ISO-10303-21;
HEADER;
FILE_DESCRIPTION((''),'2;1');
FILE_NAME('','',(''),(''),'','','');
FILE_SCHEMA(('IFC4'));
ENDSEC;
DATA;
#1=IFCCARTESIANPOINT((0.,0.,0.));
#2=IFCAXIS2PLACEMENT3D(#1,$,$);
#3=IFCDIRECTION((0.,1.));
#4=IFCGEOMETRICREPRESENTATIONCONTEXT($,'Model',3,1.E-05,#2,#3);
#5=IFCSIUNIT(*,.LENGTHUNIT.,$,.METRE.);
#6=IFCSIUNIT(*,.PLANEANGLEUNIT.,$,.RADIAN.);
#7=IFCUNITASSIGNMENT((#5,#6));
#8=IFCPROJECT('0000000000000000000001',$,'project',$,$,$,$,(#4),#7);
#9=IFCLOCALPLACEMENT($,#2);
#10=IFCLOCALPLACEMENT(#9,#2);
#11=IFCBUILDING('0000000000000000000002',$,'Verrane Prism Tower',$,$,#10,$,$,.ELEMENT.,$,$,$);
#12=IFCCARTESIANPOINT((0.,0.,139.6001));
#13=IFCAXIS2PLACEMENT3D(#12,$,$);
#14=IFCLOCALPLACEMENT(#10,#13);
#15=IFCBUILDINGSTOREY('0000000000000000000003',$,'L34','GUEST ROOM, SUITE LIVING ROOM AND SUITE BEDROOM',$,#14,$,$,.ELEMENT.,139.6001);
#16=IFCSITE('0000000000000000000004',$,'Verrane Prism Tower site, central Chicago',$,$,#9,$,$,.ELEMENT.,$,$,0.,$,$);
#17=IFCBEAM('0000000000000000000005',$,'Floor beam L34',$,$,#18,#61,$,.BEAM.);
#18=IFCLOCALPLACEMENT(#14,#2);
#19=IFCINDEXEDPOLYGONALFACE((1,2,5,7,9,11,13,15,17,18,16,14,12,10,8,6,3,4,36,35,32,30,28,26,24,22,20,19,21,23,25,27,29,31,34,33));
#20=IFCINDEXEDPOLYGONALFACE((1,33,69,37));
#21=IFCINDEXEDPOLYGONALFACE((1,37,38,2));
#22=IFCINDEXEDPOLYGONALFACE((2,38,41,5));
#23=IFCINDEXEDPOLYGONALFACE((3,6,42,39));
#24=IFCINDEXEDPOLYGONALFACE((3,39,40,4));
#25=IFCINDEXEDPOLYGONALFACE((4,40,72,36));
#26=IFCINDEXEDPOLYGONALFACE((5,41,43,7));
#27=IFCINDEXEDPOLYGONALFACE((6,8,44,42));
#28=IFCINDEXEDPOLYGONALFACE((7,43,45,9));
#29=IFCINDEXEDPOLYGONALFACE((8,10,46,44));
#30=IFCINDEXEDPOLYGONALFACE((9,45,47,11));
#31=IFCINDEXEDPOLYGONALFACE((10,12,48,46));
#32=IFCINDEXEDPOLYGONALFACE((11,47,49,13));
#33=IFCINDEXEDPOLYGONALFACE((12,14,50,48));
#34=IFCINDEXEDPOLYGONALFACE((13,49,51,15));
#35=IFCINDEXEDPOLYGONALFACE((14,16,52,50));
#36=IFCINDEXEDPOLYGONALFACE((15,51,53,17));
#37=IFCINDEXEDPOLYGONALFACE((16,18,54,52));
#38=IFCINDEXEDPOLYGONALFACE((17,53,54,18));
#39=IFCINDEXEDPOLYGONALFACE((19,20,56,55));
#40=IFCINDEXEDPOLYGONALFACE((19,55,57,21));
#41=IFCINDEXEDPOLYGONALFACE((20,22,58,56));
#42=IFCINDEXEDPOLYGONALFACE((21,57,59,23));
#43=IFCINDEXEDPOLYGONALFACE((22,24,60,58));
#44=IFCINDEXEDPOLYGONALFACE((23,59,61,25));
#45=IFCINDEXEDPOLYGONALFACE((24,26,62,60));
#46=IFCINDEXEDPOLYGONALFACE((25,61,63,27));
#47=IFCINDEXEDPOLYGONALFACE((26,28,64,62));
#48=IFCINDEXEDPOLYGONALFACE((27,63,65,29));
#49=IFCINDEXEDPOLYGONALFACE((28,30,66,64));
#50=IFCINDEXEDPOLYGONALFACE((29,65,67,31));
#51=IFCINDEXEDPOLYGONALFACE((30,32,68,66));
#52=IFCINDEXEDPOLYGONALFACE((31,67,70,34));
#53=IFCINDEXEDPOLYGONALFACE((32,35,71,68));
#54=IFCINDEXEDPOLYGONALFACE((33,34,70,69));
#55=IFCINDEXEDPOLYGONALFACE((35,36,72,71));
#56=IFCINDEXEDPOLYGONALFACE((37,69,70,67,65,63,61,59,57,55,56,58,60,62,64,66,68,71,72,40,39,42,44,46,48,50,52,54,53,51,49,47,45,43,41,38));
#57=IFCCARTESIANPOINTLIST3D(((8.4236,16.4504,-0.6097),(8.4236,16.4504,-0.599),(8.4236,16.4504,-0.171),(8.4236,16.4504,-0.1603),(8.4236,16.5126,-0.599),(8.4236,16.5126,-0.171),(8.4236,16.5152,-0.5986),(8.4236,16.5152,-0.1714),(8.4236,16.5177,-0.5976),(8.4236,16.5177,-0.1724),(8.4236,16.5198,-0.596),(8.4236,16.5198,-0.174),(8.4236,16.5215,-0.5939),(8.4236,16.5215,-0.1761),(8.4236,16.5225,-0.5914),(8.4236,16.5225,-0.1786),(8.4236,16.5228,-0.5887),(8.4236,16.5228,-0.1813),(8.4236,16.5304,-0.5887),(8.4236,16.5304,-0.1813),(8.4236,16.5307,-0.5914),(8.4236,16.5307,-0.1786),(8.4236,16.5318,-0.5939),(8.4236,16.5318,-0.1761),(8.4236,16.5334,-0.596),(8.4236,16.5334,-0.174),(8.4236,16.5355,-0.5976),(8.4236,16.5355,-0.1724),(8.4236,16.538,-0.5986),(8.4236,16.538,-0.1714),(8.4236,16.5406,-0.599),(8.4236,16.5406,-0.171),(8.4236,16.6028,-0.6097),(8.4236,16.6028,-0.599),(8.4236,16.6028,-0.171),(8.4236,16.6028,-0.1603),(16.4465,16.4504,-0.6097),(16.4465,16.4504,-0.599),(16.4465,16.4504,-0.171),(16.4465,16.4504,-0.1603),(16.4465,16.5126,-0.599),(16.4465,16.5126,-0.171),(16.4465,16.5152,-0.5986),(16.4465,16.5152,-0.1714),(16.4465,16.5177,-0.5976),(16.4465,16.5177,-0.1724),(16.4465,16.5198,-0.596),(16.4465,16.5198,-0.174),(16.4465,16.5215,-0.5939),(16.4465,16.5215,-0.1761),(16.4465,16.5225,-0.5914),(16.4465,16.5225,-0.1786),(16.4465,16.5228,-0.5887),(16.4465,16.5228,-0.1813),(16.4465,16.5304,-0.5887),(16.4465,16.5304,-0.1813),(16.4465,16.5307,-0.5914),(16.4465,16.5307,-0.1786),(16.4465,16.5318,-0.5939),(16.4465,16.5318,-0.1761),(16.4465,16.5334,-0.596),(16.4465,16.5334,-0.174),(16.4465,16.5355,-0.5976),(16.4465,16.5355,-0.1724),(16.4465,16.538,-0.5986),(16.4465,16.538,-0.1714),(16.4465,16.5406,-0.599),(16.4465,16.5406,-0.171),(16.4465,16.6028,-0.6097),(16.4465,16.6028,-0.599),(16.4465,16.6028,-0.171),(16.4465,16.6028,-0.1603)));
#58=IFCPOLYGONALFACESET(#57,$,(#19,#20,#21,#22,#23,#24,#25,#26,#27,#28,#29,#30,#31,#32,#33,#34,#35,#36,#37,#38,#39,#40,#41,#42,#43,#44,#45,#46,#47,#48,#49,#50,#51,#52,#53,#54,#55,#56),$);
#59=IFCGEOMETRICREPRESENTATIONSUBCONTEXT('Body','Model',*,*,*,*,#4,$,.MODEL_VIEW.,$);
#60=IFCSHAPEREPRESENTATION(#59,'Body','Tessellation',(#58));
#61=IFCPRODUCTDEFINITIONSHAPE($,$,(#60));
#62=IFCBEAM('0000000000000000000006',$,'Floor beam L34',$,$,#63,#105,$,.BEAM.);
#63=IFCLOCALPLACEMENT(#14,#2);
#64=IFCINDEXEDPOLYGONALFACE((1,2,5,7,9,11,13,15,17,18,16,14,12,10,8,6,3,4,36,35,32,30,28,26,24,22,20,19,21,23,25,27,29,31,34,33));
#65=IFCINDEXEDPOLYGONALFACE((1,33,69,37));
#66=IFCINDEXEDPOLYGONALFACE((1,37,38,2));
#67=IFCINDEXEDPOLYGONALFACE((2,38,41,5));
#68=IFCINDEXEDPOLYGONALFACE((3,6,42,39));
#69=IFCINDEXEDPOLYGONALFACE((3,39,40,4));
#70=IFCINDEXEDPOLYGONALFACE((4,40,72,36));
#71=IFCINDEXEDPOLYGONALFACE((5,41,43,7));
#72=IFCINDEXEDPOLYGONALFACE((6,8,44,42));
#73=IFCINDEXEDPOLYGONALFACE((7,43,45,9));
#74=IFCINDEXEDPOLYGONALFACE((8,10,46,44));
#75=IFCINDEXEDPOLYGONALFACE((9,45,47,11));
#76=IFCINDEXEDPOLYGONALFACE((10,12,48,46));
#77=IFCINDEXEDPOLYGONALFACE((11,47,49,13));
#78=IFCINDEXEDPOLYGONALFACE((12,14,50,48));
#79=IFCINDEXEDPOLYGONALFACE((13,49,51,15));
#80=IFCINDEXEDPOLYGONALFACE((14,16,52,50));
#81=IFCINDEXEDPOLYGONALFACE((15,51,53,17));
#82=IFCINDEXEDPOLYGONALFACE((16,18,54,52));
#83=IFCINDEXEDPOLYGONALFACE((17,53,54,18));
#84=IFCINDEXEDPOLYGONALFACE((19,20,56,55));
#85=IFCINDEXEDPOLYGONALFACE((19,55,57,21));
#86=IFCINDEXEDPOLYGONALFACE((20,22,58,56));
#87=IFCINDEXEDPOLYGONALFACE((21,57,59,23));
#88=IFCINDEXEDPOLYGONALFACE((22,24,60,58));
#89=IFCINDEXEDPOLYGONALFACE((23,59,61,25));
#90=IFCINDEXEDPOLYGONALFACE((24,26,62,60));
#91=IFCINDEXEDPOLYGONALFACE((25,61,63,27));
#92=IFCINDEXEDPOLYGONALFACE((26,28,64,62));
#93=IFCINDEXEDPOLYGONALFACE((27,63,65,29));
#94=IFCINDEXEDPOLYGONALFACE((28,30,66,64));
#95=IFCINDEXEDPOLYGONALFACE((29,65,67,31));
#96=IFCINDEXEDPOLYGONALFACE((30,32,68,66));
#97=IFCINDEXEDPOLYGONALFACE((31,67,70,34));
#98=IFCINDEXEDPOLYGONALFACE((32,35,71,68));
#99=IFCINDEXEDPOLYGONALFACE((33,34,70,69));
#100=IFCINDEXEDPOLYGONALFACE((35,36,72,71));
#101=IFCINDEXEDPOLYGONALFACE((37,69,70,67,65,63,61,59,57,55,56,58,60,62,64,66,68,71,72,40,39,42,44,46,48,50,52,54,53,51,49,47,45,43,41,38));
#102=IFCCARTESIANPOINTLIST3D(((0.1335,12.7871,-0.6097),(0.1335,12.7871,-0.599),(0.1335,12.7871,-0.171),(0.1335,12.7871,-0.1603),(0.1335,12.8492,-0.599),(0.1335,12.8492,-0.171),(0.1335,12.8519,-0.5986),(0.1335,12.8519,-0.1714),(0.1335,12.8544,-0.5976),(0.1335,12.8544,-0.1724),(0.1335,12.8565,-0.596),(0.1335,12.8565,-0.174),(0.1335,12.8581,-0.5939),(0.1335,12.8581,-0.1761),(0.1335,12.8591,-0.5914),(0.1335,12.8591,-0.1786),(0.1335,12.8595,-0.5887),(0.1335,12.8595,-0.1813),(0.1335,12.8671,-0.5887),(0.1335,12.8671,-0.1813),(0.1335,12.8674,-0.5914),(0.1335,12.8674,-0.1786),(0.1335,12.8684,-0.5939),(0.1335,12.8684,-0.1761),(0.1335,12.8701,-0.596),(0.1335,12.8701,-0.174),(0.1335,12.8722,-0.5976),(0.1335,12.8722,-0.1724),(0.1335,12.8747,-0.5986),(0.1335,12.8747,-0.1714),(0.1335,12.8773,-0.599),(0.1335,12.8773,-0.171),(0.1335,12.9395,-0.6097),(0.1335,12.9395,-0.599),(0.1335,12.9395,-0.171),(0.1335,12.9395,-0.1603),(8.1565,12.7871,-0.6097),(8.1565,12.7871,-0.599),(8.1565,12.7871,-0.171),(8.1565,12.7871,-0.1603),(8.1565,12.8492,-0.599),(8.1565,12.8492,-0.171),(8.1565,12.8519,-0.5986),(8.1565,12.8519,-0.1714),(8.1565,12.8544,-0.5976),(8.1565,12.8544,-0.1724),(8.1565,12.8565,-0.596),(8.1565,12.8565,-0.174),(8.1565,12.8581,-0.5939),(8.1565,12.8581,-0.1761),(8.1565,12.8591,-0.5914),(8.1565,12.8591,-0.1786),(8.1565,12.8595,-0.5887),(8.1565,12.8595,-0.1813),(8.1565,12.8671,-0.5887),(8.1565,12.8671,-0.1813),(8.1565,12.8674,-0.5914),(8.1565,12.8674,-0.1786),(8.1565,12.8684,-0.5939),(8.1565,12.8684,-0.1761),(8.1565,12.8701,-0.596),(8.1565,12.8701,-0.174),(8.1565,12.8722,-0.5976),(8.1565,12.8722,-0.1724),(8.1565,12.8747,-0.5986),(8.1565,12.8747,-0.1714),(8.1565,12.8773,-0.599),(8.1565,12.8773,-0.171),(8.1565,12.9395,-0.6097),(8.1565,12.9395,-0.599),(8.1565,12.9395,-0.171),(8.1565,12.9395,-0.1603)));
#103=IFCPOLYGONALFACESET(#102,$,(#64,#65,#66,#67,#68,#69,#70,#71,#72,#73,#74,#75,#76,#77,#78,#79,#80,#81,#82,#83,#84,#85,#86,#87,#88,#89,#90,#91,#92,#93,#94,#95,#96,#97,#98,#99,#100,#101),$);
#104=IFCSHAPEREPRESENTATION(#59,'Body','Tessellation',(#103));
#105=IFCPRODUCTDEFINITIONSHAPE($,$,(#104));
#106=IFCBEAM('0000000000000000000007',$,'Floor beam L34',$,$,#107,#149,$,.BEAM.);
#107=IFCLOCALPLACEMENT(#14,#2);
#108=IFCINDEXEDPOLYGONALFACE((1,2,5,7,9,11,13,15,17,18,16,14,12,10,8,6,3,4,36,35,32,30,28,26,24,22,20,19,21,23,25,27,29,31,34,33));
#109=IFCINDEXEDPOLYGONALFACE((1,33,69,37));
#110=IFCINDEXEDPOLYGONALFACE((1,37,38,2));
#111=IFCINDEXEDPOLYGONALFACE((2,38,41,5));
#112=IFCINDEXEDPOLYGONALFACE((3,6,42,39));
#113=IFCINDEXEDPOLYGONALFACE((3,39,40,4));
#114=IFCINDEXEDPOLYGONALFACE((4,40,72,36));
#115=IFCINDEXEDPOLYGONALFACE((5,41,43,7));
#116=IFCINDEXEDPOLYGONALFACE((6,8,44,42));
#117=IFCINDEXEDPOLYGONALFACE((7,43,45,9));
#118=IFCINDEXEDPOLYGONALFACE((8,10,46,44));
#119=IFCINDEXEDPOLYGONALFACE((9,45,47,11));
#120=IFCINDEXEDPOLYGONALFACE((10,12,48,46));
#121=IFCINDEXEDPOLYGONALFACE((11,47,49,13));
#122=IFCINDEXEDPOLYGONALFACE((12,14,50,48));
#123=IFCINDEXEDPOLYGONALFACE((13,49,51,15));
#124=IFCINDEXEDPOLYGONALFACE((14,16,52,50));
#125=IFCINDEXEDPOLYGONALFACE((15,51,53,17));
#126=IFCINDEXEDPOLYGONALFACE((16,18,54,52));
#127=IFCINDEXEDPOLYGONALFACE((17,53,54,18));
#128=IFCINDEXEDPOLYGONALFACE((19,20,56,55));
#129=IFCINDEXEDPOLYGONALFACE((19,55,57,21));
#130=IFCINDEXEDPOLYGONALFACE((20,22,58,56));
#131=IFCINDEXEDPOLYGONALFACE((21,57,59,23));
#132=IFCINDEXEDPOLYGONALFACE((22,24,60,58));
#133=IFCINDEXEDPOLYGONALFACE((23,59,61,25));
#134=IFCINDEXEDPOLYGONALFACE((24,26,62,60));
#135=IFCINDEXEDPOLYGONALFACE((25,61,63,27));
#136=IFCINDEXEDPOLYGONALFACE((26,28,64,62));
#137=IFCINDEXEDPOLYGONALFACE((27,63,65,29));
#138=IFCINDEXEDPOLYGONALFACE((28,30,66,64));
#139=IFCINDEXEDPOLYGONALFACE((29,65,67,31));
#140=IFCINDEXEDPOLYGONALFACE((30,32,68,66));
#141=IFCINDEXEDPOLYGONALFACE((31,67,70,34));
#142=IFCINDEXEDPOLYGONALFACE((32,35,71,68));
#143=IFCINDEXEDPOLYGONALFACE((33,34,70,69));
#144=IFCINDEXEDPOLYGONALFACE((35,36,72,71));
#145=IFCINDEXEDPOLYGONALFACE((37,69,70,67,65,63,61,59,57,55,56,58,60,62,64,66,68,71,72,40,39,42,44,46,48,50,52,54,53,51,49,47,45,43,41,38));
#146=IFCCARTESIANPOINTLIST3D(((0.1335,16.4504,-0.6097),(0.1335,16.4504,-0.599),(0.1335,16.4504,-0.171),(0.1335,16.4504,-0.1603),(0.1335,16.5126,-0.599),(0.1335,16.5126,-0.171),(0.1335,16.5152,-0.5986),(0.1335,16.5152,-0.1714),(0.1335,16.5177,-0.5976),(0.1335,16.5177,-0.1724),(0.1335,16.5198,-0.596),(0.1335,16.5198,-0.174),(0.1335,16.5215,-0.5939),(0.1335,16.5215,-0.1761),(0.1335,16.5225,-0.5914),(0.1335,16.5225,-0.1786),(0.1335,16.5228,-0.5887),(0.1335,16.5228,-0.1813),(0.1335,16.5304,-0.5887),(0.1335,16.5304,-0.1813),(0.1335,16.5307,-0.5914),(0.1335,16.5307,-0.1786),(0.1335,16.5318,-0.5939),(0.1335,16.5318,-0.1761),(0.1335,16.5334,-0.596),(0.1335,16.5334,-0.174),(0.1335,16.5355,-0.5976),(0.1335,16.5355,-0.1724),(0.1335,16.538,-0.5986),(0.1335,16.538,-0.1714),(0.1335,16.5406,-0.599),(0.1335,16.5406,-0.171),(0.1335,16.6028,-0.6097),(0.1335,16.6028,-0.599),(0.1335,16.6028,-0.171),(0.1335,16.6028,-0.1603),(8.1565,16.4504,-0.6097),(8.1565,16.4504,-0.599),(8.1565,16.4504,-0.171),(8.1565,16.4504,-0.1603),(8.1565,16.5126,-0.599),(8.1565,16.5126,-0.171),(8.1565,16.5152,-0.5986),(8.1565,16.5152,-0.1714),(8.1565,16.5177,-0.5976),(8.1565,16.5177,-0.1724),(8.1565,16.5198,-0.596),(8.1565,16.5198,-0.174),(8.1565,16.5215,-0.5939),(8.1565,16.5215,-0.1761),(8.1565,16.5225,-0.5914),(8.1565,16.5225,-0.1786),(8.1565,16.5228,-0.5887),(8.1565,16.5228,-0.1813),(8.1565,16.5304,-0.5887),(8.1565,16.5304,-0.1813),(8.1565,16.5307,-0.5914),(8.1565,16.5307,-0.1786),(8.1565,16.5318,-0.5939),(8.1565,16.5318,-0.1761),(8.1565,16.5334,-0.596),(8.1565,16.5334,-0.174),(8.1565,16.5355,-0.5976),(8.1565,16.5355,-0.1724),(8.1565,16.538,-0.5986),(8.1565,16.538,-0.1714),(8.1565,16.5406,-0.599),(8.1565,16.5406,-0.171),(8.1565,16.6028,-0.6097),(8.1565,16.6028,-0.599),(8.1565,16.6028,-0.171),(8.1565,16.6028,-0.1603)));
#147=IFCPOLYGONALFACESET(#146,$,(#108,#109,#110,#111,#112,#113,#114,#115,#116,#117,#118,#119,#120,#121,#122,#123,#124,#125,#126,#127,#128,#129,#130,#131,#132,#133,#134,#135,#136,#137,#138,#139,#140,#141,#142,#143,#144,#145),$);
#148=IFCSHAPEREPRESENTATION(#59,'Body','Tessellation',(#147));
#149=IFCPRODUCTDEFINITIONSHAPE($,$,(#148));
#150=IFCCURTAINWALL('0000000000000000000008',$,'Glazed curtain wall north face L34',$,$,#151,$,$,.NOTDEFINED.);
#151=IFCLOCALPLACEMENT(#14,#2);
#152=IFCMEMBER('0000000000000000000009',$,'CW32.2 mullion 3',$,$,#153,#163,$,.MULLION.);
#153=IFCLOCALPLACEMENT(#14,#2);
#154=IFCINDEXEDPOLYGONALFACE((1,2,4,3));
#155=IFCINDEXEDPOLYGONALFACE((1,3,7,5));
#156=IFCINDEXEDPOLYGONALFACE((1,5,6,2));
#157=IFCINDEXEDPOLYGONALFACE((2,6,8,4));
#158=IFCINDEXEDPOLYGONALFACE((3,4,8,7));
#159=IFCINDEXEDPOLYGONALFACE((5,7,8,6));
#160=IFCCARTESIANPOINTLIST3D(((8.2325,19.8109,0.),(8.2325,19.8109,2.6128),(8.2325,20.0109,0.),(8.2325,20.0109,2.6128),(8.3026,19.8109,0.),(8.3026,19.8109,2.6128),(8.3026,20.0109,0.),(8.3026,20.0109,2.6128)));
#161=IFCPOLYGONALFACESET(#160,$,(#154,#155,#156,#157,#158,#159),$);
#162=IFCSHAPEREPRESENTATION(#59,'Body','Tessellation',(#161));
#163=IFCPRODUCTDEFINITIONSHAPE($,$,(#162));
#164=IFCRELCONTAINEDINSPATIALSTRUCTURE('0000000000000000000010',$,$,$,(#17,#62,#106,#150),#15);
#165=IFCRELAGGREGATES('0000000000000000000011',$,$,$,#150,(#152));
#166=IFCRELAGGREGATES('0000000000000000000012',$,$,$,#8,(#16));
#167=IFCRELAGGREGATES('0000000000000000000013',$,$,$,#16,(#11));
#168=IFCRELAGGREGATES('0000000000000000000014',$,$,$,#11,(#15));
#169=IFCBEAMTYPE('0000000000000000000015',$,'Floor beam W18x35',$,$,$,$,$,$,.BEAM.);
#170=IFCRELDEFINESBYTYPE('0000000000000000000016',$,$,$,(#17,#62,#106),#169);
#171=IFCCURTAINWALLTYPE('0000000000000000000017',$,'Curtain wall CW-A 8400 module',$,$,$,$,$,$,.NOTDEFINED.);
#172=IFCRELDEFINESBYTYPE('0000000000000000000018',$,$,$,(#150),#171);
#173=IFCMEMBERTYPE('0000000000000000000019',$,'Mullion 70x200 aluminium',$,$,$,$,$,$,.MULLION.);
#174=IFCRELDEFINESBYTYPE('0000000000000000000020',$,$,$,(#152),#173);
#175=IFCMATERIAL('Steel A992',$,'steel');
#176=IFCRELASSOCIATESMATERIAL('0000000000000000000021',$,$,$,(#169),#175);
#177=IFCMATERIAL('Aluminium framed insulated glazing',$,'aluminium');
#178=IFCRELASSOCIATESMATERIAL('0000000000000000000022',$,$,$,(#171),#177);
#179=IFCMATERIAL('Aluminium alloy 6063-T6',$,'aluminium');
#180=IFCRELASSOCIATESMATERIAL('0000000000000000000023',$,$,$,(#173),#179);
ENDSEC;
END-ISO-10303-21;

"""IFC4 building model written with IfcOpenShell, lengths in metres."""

from ifc_helpers import new_model, si_unit, direction, frame, origin, origin_2d, place, context, subcontext, project, spatial, rectangle, i_section, extrude, material, material_profile, profile_set, type_object, element, aggregate, save


model = new_model("IFC4")

# Units and contexts
model_context = context("Model", 3, precision=1e-05, world=origin(), true_north=direction((0.0, 1.0)))
body_context = subcontext(model_context, "Body", "Model", "MODEL_VIEW")
ifc_project = project(units=[si_unit("LENGTHUNIT", "METRE"), si_unit("PLANEANGLEUNIT", "RADIAN")], contexts=[model_context])

# Site, building, storey
site_placement = place(None, origin())
site = spatial("IfcSite", under=ifc_project, at=site_placement, Name="Verrane Prism Tower site, central Chicago", CompositionType="ELEMENT", RefElevation=0.0)
building_placement = place(site_placement, origin())
building = spatial("IfcBuilding", under=site, at=building_placement, Name="Verrane Prism Tower", CompositionType="ELEMENT")
storey_placement = place(building_placement, frame((0.0, 0.0, 139.6001)))
storey = spatial("IfcBuildingStorey", under=building, at=storey_placement, Name="L34", Description="GUEST ROOM, SUITE LIVING ROOM AND SUITE BEDROOM", CompositionType="ELEMENT", Elevation=139.6001)

# Beams
ifc_material_1 = material(Name="Steel A992", Category="steel")
ifc_material_profile_1 = material_profile(ifc_material_1, i_section(OverallWidth=0.1523, OverallDepth=0.4495, WebThickness=0.0076, FlangeThickness=0.0107, FilletRadius=0.0103, at=origin_2d()), Name="W18x35")
ifc_profile_set_1 = profile_set([ifc_material_profile_1], Name="Steel A992")
beam_type_1 = type_object("IfcBeamType", Name="Floor beam W18x35", PredefinedType="BEAM", material=ifc_profile_set_1)
for number, where, z_axis, x_axis, name in (
    (1, (8.4236, 16.5266, -0.385), (1.0, 0.0, 0.0), (0.0, 1.0, 0.0), "Floor beam L34"),
    (2, (0.1335, 12.8633, -0.385), (1.0, 0.0, 0.0), (0.0, 1.0, 0.0), "Floor beam L34"),
    (3, (0.1335, 16.5266, -0.385), (1.0, 0.0, 0.0), (0.0, 1.0, 0.0), "Floor beam L34"),
):
    element("IfcBeam", number, at=place(storey_placement, frame(where, z_axis=z_axis, x_axis=x_axis)), inside=storey, type_object=beam_type_1, Name=name, PredefinedType="BEAM", context=body_context, shape_type="SweptSolid", body=[
        extrude(i_section(OverallWidth=0.1523, OverallDepth=0.4495, WebThickness=0.0076, FlangeThickness=0.0107, FilletRadius=0.0103, at=origin_2d()), origin(), (0.0, 0.0, 1.0), 8.0229),
    ])

# Curtain wall, member
ifc_material_2 = material(Name="Aluminium framed insulated glazing", Category="aluminium")
curtain_wall_type = type_object("IfcCurtainWallType", Name="Curtain wall CW-A 8400 module", PredefinedType="NOTDEFINED", material=ifc_material_2)
curtain_wall_placement = place(storey_placement, origin())
curtain_wall = element("IfcCurtainWall", 4, at=curtain_wall_placement, inside=storey, type_object=curtain_wall_type, Name="Glazed curtain wall north face L34", PredefinedType="NOTDEFINED")
ifc_material_3 = material(Name="Aluminium alloy 6063-T6", Category="aluminium")
ifc_material_profile_2 = material_profile(ifc_material_3, rectangle(XDim=0.2, YDim=0.0701, at=origin_2d()), Name="Mullion 70x200 aluminium")
ifc_profile_set_2 = profile_set([ifc_material_profile_2], Name="Aluminium alloy 6063-T6")
member_type_1 = type_object("IfcMemberType", Name="Mullion 70x200 aluminium", PredefinedType="MULLION", material=ifc_profile_set_2)
member_1_placement = place(storey_placement, frame((8.2676, 19.9109, 0.0), z_axis=(0.0, 0.0, 1.0), x_axis=(0.0, -1.0, 0.0)))
member_1 = element("IfcMember", 5, at=member_1_placement, type_object=member_type_1, Name="CW32.2 mullion 3", PredefinedType="MULLION", context=body_context, shape_type="SweptSolid", body=[
    extrude(rectangle(XDim=0.2, YDim=0.0701, at=origin_2d()), origin(), (0.0, 0.0, 1.0), 2.6128),
])

aggregate(curtain_wall, [member_1])

save(model, "model.ifc")
